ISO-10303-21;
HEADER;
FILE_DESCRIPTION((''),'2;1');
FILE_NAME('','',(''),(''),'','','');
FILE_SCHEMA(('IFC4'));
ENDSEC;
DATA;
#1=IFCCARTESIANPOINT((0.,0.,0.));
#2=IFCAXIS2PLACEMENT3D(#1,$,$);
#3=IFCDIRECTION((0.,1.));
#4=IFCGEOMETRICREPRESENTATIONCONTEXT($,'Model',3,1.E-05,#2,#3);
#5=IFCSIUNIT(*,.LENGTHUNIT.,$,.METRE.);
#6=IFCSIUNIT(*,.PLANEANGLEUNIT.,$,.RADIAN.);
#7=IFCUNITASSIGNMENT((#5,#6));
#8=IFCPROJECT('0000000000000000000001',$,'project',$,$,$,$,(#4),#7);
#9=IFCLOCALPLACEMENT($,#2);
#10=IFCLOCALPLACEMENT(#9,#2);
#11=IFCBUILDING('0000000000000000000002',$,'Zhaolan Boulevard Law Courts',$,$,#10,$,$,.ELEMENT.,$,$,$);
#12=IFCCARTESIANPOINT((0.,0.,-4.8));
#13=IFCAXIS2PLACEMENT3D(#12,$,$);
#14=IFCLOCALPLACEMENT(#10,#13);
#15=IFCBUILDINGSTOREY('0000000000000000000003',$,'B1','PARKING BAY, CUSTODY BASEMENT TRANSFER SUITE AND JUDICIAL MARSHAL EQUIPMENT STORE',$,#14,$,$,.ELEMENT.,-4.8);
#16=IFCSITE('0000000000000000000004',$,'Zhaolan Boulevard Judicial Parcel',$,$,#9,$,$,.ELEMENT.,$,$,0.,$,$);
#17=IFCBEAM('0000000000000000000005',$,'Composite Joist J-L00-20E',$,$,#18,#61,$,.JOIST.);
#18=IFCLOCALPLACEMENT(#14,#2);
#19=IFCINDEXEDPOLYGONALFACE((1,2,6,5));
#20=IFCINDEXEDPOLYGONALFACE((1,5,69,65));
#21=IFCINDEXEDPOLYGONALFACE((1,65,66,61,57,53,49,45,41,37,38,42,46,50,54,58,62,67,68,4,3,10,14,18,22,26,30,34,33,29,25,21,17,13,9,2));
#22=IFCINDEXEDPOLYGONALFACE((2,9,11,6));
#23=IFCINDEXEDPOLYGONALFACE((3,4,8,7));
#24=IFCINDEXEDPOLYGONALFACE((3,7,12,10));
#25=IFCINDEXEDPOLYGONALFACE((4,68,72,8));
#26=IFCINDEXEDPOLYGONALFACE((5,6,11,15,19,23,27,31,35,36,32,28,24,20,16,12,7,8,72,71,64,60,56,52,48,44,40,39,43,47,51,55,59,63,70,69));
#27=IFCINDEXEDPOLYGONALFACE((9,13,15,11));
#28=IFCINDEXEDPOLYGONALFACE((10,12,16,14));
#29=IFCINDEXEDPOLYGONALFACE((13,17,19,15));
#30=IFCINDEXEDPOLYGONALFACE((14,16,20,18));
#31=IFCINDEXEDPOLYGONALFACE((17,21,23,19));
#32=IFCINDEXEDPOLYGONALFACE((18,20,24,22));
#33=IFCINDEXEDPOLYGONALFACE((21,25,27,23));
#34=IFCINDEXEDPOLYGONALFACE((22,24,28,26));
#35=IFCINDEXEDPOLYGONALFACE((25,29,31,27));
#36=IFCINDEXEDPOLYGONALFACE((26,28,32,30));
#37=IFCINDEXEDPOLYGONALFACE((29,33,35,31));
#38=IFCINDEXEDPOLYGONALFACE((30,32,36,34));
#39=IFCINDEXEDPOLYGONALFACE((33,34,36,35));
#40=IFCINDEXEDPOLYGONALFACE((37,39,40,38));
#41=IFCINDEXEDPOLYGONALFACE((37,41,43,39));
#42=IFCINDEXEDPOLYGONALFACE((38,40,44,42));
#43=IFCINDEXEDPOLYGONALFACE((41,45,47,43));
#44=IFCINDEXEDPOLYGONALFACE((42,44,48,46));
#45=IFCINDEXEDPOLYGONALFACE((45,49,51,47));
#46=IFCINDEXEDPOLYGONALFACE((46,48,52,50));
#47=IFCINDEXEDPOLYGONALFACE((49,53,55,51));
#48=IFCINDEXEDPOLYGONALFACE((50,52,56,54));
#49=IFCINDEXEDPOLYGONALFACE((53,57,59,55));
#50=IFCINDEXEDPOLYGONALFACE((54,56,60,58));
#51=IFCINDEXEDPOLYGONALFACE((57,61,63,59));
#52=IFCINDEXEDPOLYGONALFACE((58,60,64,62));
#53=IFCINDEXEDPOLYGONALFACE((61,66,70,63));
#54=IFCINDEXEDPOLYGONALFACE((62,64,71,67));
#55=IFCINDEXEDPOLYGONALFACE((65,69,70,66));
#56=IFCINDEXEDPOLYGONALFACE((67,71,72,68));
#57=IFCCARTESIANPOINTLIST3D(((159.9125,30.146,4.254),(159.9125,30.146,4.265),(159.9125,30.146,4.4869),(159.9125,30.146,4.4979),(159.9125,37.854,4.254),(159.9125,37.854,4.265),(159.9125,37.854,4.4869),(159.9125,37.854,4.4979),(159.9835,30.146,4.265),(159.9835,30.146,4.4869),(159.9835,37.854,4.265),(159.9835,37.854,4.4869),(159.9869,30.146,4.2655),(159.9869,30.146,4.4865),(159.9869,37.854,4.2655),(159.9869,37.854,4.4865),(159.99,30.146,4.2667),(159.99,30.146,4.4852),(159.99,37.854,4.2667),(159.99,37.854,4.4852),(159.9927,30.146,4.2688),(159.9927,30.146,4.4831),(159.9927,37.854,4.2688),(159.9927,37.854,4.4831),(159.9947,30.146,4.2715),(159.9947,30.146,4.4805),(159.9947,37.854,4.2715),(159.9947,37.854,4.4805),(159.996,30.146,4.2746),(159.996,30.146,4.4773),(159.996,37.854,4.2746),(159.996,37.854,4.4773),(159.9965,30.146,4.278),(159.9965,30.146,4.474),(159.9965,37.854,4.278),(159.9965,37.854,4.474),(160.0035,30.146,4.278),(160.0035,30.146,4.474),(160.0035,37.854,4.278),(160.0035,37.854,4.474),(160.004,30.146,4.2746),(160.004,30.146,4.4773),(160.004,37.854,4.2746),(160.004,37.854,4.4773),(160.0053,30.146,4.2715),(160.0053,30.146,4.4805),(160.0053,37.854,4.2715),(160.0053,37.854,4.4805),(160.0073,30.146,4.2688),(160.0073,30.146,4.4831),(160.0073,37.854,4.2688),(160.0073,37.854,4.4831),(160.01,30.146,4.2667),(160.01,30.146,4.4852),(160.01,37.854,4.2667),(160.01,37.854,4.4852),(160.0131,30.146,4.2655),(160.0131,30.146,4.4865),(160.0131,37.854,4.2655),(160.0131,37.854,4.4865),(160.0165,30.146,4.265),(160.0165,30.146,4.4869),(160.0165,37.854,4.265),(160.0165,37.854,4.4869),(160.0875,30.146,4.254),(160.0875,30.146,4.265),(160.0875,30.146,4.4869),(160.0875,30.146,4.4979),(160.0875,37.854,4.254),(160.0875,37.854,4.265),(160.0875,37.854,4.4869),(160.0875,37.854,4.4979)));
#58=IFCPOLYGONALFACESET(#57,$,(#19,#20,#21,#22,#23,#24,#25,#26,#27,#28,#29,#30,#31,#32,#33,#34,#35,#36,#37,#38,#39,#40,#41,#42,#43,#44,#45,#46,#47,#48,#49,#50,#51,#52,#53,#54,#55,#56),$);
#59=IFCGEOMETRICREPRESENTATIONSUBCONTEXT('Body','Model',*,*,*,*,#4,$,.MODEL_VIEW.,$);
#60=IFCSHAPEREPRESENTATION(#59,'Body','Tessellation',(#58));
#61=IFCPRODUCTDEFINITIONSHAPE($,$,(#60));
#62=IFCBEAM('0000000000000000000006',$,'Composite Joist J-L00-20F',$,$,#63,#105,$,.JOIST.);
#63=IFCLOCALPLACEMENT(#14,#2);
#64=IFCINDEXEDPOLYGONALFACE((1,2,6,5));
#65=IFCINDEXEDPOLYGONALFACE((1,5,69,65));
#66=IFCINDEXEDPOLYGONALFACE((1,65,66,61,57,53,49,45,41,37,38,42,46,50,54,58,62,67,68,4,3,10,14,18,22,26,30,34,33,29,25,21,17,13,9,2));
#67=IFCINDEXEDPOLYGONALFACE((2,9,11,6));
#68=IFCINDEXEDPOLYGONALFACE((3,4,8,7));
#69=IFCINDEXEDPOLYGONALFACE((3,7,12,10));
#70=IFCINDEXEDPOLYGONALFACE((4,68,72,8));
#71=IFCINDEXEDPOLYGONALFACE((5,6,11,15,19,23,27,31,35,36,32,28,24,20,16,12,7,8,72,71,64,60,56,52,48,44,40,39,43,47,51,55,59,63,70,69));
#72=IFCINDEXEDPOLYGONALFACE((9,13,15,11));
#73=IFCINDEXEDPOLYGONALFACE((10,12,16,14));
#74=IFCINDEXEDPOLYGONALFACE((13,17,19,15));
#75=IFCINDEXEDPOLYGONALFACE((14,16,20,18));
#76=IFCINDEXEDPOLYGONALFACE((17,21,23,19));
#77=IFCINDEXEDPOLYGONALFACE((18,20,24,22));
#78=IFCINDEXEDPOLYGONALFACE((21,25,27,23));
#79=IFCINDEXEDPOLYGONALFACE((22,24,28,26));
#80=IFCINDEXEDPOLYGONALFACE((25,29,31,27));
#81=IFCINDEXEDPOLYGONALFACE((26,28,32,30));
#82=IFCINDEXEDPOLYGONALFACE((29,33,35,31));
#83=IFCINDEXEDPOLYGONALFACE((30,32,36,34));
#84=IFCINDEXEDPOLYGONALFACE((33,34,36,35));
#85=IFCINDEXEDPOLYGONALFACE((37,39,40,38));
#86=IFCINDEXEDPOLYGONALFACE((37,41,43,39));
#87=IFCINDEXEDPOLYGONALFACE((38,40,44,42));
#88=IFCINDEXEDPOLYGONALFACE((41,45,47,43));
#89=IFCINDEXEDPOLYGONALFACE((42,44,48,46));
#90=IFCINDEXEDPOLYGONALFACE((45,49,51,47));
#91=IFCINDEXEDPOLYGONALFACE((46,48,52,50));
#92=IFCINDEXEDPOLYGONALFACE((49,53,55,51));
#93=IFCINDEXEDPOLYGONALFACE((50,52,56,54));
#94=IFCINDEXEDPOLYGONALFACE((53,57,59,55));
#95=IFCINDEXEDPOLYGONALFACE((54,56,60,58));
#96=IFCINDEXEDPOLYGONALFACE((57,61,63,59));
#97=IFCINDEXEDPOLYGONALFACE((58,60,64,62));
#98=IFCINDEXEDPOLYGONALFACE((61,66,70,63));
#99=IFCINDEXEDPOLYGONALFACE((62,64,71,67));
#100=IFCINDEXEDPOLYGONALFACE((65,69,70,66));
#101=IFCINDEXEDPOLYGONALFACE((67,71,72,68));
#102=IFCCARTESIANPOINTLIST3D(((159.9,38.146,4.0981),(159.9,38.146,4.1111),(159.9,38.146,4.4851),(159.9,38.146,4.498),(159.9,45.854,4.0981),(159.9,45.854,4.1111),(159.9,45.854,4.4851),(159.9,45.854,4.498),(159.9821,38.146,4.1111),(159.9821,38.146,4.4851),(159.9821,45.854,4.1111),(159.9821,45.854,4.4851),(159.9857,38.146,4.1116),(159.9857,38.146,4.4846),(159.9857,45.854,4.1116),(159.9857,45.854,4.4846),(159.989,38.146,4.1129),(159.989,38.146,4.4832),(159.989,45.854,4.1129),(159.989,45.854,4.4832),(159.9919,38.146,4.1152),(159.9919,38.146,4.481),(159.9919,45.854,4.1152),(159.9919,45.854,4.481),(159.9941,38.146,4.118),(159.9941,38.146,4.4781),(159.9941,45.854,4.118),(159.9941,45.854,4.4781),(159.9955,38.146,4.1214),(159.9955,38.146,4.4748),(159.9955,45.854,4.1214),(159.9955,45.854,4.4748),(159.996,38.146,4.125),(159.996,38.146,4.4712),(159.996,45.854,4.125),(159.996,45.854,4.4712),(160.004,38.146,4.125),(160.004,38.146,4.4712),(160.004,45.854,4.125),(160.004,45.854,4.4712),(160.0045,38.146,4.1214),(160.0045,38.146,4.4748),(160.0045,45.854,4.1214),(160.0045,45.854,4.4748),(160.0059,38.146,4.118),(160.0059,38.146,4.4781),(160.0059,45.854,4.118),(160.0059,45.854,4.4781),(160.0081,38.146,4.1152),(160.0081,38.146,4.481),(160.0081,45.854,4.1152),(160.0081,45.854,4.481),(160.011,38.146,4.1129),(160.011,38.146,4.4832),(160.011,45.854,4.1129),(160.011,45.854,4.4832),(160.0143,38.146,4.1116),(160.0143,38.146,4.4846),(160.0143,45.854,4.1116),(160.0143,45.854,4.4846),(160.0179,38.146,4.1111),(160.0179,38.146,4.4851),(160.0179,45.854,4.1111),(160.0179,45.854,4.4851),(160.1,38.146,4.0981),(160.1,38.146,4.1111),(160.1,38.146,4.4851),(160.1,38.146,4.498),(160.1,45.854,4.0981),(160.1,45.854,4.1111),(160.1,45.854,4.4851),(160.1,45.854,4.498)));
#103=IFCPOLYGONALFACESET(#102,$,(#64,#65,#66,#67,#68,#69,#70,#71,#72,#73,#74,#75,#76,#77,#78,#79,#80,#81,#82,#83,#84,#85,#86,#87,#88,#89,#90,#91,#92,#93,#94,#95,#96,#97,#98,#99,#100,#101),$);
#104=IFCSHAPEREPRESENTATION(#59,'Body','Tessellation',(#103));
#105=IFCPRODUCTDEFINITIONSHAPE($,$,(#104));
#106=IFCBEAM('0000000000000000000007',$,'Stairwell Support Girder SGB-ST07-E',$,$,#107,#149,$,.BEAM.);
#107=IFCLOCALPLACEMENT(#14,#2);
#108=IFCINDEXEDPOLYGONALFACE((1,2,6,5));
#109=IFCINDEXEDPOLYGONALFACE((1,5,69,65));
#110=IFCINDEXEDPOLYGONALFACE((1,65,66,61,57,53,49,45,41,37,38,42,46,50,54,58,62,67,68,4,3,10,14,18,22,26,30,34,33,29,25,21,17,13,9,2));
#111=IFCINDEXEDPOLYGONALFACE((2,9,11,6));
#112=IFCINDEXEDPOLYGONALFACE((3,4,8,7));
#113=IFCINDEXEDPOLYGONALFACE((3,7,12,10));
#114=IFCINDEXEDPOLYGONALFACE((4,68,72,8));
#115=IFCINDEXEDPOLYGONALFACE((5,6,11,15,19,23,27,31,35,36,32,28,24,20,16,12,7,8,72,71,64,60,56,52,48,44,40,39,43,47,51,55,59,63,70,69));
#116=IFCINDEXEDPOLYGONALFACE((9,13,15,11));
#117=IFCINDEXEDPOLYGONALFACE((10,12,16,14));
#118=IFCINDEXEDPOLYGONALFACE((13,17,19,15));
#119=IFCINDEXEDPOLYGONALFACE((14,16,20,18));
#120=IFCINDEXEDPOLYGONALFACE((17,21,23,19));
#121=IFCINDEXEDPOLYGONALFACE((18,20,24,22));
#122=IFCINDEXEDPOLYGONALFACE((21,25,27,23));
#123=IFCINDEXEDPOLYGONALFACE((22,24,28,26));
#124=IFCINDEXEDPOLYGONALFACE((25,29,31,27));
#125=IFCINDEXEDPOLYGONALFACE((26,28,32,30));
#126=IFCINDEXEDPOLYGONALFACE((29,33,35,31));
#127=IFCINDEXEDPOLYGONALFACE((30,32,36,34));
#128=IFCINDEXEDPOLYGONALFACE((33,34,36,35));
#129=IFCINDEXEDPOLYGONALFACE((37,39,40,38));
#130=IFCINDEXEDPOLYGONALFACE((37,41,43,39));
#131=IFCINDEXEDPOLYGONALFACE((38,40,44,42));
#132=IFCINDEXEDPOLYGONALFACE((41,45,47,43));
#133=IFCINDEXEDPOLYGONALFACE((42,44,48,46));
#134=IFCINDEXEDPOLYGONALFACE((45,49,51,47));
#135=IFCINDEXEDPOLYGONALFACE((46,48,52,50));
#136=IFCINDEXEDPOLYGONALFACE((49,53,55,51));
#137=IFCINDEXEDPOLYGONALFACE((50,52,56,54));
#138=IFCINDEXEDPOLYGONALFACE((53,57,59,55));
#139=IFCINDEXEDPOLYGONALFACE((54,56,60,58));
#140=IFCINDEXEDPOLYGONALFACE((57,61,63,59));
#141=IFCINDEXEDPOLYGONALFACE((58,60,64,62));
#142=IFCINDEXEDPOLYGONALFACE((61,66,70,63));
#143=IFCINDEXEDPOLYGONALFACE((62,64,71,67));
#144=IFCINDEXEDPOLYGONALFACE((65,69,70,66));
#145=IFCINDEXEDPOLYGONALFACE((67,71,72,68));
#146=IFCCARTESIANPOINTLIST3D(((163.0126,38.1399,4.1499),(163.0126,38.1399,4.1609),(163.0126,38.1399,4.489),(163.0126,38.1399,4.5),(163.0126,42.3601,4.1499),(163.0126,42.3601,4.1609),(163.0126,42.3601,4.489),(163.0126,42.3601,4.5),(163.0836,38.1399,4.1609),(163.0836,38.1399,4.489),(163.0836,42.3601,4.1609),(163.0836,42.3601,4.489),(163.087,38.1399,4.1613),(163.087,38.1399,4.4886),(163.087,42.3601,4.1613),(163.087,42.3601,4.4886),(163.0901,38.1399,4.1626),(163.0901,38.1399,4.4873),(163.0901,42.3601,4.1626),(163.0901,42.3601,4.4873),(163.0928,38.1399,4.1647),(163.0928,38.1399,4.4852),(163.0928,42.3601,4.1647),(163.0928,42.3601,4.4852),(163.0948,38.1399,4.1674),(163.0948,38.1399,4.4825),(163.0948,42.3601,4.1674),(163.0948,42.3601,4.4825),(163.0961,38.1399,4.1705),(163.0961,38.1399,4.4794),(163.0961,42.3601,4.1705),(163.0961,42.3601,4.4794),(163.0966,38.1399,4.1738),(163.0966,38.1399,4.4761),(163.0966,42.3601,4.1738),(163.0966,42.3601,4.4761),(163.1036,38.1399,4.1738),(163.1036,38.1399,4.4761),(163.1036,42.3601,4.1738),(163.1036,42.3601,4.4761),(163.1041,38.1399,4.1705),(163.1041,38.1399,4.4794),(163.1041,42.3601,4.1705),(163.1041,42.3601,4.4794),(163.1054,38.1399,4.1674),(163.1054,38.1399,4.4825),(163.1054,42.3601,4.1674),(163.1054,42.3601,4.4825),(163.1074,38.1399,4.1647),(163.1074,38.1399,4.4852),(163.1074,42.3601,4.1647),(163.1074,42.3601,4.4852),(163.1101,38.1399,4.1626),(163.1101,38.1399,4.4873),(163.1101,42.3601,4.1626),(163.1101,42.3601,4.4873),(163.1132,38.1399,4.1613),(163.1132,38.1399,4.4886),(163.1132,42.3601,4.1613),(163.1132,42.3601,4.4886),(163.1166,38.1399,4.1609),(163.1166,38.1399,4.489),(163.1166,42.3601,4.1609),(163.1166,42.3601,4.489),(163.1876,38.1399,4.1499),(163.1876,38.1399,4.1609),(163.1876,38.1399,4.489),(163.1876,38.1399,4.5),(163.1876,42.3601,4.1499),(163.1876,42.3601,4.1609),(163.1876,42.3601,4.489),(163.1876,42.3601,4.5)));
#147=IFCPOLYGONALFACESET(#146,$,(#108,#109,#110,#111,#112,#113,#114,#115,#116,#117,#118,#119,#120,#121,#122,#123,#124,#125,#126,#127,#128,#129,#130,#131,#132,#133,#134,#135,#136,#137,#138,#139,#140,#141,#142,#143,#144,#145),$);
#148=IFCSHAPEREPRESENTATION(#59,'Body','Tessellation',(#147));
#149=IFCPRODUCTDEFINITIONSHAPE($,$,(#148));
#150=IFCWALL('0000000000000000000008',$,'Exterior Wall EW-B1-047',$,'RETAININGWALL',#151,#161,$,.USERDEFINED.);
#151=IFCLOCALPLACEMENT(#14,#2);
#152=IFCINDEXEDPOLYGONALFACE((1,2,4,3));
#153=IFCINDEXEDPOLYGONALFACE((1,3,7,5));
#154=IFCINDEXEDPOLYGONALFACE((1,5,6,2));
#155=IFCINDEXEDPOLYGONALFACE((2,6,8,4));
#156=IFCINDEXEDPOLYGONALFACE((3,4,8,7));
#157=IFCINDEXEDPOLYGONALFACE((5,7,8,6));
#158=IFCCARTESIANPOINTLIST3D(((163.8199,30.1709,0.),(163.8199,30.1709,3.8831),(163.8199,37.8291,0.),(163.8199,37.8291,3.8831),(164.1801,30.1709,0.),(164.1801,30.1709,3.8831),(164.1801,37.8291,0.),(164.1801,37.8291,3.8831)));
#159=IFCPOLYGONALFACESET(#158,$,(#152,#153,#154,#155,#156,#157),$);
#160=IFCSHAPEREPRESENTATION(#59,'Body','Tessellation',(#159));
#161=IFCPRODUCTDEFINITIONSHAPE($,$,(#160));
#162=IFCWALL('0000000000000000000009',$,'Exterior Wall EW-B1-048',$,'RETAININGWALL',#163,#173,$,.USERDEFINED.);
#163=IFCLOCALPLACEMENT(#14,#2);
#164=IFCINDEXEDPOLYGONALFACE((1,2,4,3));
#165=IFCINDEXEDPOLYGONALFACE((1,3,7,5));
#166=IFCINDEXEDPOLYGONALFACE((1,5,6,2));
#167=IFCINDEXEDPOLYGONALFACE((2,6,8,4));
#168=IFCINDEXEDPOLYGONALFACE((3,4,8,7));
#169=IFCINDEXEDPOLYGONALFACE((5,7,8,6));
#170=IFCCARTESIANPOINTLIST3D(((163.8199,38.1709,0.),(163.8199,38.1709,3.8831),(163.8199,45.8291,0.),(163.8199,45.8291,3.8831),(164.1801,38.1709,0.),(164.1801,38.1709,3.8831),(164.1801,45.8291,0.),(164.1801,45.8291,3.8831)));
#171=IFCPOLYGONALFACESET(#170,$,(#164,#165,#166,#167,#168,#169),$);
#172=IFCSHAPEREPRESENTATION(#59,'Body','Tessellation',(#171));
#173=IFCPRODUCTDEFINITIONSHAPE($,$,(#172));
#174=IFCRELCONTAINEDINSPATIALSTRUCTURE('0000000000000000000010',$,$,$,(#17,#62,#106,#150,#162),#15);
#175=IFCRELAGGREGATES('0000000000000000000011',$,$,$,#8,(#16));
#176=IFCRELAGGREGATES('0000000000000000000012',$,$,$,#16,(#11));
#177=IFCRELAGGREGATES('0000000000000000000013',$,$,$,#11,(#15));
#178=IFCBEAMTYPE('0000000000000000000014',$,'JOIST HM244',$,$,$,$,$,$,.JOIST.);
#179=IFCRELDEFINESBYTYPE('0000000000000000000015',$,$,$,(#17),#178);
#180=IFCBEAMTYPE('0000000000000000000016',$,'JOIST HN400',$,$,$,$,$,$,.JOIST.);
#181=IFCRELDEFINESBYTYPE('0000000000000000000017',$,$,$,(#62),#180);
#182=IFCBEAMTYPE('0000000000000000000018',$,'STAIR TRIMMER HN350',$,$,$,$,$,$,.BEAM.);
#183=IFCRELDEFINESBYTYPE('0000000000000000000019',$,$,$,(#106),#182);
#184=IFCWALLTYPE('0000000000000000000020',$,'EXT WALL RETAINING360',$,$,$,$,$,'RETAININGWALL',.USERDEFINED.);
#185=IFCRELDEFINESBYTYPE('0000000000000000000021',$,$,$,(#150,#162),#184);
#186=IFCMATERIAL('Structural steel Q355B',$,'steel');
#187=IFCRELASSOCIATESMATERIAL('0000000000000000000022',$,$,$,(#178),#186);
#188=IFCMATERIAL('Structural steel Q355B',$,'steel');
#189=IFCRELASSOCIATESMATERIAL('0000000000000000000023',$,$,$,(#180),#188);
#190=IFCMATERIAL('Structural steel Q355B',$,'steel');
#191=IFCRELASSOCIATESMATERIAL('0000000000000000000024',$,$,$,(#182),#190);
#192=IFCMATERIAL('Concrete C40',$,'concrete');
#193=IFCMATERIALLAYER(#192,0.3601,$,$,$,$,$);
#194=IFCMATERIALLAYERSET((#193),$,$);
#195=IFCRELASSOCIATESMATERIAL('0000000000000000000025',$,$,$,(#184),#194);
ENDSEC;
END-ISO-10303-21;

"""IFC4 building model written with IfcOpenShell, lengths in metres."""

from ifc_helpers import new_model, si_unit, direction, frame, frame_2d, origin, origin_2d, place, context, subcontext, project, spatial, rectangle, i_section, extrude, material, layer, layer_set, material_profile, profile_set, type_object, element, save


model = new_model("IFC4")

# Units and contexts
model_context = context("Model", 3, precision=1e-05, world=origin(), true_north=direction((0.0, 1.0)))
body_context = subcontext(model_context, "Body", "Model", "MODEL_VIEW")
ifc_project = project(units=[si_unit("LENGTHUNIT", "METRE"), si_unit("PLANEANGLEUNIT", "RADIAN")], contexts=[model_context])

# Site, building, storey
site_placement = place(None, origin())
site = spatial("IfcSite", under=ifc_project, at=site_placement, Name="Zhaolan Boulevard Judicial Parcel", CompositionType="ELEMENT", RefElevation=0.0)
building_placement = place(site_placement, origin())
building = spatial("IfcBuilding", under=site, at=building_placement, Name="Zhaolan Boulevard Law Courts", CompositionType="ELEMENT")
storey_placement = place(building_placement, frame((0.0, 0.0, -4.8)))
storey = spatial("IfcBuildingStorey", under=building, at=storey_placement, Name="B1", Description="PARKING BAY, CUSTODY BASEMENT TRANSFER SUITE AND JUDICIAL MARSHAL EQUIPMENT STORE", CompositionType="ELEMENT", Elevation=-4.8)

# Beams
ifc_material_1 = material(Name="Structural steel Q355B", Category="steel")
ifc_material_profile_1 = material_profile(ifc_material_1, i_section(OverallWidth=0.175, OverallDepth=0.2439, WebThickness=0.0071, FlangeThickness=0.011, FilletRadius=0.0129, at=origin_2d()), Name="HM244x175")
ifc_profile_set_1 = profile_set([ifc_material_profile_1], Name="Structural steel Q355B")
beam_type_1 = type_object("IfcBeamType", Name="JOIST HM244", PredefinedType="JOIST", material=ifc_profile_set_1)
beam_1_placement = place(storey_placement, frame((160.0, 30.146, 4.376), z_axis=(0.0, 1.0, 0.0), x_axis=(-1.0, 0.0, 0.0)))
element("IfcBeam", 1, at=beam_1_placement, inside=storey, type_object=beam_type_1, Name="Composite Joist J-L00-20E", PredefinedType="JOIST", context=body_context, shape_type="SweptSolid", body=[
    extrude(i_section(OverallWidth=0.175, OverallDepth=0.2439, WebThickness=0.0071, FlangeThickness=0.011, FilletRadius=0.0129, at=origin_2d()), origin(), (0.0, 0.0, 1.0), 7.708),
])
ifc_material_2 = material(Name="Structural steel Q355B", Category="steel")
ifc_material_profile_2 = material_profile(ifc_material_2, i_section(OverallWidth=0.2, OverallDepth=0.3999, WebThickness=0.0081, FlangeThickness=0.0129, FilletRadius=0.0139, at=origin_2d()), Name="HN400x200")
ifc_profile_set_2 = profile_set([ifc_material_profile_2], Name="Structural steel Q355B")
beam_type_2 = type_object("IfcBeamType", Name="JOIST HN400", PredefinedType="JOIST", material=ifc_profile_set_2)
beam_2_placement = place(storey_placement, frame((160.0, 38.146, 4.2981), z_axis=(0.0, 1.0, 0.0), x_axis=(-1.0, 0.0, 0.0)))
element("IfcBeam", 2, at=beam_2_placement, inside=storey, type_object=beam_type_2, Name="Composite Joist J-L00-20F", PredefinedType="JOIST", context=body_context, shape_type="SweptSolid", body=[
    extrude(i_section(OverallWidth=0.2, OverallDepth=0.3999, WebThickness=0.0081, FlangeThickness=0.0129, FilletRadius=0.0139, at=origin_2d()), origin(), (0.0, 0.0, 1.0), 7.708),
])
ifc_material_3 = material(Name="Structural steel Q355B", Category="steel")
ifc_material_profile_3 = material_profile(ifc_material_3, i_section(OverallWidth=0.175, OverallDepth=0.3501, WebThickness=0.0071, FlangeThickness=0.011, FilletRadius=0.0129, at=origin_2d()), Name="HN350x175")
ifc_profile_set_3 = profile_set([ifc_material_profile_3], Name="Structural steel Q355B")
beam_type_3 = type_object("IfcBeamType", Name="STAIR TRIMMER HN350", PredefinedType="BEAM", material=ifc_profile_set_3)
beam_3_placement = place(storey_placement, frame((163.1001, 38.1399, 4.325), z_axis=(0.0, 1.0, 0.0), x_axis=(-1.0, 0.0, 0.0)))
element("IfcBeam", 3, at=beam_3_placement, inside=storey, type_object=beam_type_3, Name="Stairwell Support Girder SGB-ST07-E", PredefinedType="BEAM", context=body_context, shape_type="SweptSolid", body=[
    extrude(i_section(OverallWidth=0.175, OverallDepth=0.3501, WebThickness=0.0071, FlangeThickness=0.011, FilletRadius=0.0129, at=origin_2d()), origin(), (0.0, 0.0, 1.0), 4.2202),
])

# Walls
ifc_material_4 = material(Name="Concrete C40", Category="concrete")
ifc_layer = layer(ifc_material_4, 0.3601)
ifc_layer_set = layer_set([ifc_layer])
wall_type = type_object("IfcWallType", Name="EXT WALL RETAINING360", ElementType="RETAININGWALL", PredefinedType="USERDEFINED", material=ifc_layer_set)
for number, where, z_axis, x_axis, name in (
    (4, (164.0, 30.1709, 0.0), (0.0, 0.0, 1.0), (0.0, 1.0, 0.0), "Exterior Wall EW-B1-047"),
    (5, (164.0, 38.1709, 0.0), (0.0, 0.0, 1.0), (0.0, 1.0, 0.0), "Exterior Wall EW-B1-048"),
):
    element("IfcWall", number, at=place(storey_placement, frame(where, z_axis=z_axis, x_axis=x_axis)), inside=storey, type_object=wall_type, Name=name, ObjectType="RETAININGWALL", PredefinedType="USERDEFINED", context=body_context, shape_type="SweptSolid", body=[
        extrude(rectangle(XDim=7.6582, YDim=0.3601, at=frame_2d((3.8291, 0.0))), origin(), (0.0, 0.0, 1.0), 3.8831),
    ])

save(model, "model.ifc")
